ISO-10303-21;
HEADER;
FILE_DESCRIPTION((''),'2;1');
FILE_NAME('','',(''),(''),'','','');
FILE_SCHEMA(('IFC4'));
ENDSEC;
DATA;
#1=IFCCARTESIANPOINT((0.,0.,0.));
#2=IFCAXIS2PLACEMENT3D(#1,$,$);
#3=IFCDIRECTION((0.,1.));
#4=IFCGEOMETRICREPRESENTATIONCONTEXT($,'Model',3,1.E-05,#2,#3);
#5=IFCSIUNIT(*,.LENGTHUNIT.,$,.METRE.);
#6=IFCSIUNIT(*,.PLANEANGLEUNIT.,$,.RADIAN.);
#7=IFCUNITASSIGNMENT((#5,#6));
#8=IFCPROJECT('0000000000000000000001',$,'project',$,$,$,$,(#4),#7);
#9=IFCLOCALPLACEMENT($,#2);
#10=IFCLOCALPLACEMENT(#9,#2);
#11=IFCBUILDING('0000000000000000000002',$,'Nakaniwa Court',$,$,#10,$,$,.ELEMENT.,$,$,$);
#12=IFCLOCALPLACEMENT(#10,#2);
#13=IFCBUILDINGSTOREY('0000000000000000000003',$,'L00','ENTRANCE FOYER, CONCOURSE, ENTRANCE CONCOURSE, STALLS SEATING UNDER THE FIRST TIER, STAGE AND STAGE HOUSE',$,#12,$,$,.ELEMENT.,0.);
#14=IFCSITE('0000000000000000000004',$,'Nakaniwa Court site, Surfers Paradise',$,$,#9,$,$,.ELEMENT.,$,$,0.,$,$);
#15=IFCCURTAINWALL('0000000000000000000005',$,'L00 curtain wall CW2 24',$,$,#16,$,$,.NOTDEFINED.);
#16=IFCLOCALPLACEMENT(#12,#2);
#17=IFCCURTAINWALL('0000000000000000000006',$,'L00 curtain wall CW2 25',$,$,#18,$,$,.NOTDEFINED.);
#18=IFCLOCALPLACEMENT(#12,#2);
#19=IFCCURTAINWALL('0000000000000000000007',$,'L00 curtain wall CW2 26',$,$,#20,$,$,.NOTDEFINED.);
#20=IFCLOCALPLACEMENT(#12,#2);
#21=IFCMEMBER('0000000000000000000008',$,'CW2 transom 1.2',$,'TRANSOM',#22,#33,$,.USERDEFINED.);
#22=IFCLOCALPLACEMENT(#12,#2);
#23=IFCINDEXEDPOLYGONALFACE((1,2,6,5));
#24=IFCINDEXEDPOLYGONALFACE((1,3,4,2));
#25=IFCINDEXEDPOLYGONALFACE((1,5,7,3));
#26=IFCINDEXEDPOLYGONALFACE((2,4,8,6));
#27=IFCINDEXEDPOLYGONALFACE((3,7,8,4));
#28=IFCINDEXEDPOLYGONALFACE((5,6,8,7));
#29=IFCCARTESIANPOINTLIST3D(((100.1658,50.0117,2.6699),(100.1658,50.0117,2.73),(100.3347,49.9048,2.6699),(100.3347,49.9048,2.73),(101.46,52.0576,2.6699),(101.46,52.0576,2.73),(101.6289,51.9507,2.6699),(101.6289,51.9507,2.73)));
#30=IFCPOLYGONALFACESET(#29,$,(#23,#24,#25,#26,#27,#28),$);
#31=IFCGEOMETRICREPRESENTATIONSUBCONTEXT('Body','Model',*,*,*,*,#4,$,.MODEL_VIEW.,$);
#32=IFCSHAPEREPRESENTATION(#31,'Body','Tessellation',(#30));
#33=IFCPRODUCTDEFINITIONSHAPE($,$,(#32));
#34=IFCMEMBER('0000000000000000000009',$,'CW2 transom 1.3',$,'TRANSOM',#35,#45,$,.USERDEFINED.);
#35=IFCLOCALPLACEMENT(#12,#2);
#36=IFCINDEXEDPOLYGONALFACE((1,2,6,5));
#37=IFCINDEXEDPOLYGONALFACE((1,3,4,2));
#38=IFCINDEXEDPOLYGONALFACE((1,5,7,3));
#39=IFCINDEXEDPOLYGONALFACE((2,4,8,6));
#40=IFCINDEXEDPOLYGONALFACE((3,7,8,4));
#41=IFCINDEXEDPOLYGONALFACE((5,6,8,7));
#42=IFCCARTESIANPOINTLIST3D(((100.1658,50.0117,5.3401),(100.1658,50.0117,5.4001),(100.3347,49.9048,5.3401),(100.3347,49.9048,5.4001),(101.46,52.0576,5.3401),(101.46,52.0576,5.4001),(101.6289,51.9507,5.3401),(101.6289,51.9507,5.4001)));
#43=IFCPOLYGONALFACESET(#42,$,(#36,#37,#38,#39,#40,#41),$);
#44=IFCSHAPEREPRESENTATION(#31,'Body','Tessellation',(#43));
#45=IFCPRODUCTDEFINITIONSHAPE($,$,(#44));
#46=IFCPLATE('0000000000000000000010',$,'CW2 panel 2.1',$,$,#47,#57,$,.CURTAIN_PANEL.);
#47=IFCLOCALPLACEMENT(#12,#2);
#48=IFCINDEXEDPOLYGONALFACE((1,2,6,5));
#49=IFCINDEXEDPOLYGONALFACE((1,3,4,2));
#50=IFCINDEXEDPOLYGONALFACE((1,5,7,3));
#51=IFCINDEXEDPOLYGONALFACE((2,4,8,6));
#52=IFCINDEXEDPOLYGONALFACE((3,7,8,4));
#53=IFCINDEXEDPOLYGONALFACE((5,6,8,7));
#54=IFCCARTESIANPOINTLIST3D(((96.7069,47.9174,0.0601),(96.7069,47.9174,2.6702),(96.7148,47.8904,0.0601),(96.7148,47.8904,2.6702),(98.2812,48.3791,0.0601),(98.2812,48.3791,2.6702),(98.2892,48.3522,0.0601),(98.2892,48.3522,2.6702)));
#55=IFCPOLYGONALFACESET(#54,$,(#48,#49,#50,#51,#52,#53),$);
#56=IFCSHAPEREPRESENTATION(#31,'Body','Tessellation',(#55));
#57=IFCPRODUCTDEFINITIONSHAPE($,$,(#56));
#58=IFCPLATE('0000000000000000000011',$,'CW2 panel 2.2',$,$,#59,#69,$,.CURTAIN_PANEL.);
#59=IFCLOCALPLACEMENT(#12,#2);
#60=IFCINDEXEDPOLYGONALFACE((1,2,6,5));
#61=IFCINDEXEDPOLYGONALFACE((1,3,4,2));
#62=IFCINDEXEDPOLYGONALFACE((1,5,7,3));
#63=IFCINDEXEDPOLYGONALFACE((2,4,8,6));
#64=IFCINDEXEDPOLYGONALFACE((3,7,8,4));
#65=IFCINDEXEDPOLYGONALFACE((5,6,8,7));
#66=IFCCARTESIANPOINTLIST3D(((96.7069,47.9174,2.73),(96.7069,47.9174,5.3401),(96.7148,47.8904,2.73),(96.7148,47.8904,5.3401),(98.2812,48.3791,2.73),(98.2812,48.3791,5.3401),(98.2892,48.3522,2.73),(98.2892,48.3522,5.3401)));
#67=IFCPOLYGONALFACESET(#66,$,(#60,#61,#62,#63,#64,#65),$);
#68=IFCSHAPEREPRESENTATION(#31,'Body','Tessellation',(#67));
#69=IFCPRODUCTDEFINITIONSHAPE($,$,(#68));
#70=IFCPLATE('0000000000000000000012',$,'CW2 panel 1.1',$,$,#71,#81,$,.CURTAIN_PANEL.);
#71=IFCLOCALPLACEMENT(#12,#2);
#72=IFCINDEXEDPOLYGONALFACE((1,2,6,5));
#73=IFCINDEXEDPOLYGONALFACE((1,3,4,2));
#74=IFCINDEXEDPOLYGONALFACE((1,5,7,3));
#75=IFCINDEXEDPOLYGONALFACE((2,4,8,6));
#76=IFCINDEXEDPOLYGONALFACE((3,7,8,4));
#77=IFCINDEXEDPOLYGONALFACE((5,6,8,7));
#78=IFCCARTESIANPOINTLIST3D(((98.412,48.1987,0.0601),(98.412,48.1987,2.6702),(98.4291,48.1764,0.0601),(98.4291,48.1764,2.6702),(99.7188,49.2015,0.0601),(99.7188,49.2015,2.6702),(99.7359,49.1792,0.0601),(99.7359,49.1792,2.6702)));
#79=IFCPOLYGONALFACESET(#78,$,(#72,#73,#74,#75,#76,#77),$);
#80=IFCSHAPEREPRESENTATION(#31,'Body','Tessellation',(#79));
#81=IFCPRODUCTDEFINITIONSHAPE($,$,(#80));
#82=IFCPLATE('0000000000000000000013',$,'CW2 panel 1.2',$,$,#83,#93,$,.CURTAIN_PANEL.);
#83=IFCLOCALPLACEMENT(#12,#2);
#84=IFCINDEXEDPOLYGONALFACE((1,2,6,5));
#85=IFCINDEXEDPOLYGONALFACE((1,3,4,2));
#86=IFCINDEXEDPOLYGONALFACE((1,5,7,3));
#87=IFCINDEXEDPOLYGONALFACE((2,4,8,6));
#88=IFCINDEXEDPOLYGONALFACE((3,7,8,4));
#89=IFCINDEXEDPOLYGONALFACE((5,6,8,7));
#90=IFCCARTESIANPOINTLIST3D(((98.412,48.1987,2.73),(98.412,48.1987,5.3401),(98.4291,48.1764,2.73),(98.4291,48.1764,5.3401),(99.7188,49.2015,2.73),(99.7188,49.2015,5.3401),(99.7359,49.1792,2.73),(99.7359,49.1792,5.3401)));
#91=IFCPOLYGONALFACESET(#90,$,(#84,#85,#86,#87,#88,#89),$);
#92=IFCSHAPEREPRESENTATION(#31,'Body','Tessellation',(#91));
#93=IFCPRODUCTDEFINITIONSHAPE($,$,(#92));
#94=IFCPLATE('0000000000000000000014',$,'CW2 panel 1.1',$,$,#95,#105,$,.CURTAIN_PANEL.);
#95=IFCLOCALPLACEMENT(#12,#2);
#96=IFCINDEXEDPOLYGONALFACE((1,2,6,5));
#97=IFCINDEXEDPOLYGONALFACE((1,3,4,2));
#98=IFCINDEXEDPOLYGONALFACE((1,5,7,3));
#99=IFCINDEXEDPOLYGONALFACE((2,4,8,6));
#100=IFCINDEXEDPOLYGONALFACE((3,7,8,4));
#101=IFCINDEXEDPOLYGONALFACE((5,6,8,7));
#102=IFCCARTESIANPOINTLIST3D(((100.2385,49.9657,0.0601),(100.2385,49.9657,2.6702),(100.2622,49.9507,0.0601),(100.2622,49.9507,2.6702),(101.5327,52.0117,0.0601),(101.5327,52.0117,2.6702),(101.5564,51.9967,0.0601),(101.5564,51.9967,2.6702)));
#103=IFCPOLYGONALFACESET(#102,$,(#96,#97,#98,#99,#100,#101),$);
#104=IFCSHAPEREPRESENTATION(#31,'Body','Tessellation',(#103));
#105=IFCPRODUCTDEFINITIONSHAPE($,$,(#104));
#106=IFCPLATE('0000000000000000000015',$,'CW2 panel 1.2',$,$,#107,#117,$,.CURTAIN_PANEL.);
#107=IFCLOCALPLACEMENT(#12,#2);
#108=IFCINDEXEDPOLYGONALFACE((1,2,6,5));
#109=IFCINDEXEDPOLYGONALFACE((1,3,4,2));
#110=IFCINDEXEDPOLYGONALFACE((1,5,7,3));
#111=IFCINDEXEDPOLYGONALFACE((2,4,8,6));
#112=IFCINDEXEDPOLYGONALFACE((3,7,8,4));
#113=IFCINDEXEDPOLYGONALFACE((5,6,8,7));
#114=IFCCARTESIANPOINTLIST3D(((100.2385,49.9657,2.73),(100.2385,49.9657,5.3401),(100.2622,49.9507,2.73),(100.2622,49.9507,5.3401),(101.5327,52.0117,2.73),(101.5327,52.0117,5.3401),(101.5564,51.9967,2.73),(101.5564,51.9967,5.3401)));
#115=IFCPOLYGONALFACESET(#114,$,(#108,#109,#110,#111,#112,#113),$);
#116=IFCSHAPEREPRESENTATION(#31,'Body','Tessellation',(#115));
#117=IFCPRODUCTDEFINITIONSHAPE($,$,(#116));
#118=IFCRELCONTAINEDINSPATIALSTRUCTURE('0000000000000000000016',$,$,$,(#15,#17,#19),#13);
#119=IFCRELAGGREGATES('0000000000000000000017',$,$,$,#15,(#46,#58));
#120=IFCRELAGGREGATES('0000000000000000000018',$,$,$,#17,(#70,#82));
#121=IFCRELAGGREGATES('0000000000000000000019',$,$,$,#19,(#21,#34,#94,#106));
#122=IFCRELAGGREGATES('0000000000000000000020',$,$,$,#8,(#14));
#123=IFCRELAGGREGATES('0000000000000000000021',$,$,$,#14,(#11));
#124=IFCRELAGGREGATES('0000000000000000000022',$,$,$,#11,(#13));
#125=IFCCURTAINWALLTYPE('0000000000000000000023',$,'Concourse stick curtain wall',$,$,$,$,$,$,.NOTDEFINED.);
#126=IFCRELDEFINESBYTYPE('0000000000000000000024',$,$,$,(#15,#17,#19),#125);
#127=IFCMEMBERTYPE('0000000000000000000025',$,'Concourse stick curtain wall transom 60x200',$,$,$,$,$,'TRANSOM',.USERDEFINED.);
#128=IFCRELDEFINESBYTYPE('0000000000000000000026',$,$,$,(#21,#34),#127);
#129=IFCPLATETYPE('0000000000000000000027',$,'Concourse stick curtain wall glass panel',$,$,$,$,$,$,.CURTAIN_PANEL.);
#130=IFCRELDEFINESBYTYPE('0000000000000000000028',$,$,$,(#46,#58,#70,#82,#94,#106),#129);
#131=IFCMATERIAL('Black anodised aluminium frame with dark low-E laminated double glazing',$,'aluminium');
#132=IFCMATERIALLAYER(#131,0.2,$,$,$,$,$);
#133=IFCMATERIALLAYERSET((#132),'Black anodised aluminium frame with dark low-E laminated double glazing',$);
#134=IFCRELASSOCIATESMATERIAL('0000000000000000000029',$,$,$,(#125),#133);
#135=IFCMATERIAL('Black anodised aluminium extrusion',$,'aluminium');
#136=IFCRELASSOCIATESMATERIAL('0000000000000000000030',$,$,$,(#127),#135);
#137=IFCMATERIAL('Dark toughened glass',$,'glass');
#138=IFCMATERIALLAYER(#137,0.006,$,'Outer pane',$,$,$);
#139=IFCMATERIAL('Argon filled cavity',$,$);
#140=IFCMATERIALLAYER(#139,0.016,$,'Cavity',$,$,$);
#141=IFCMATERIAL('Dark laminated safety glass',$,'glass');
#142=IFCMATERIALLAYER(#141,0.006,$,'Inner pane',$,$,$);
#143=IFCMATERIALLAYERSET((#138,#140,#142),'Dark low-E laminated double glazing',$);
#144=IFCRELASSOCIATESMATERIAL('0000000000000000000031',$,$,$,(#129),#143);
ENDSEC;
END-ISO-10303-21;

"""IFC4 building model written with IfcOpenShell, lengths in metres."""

from ifc_helpers import new_model, si_unit, direction, frame, origin, origin_2d, place, context, subcontext, project, spatial, rectangle, extrude, material, layer, layer_set, material_profile, profile_set, type_object, element, aggregate, save


model = new_model("IFC4")

# Units and contexts
model_context = context("Model", 3, precision=1e-05, world=origin(), true_north=direction((0.0, 1.0)))
body_context = subcontext(model_context, "Body", "Model", "MODEL_VIEW")
ifc_project = project(units=[si_unit("LENGTHUNIT", "METRE"), si_unit("PLANEANGLEUNIT", "RADIAN")], contexts=[model_context])

# Site, building, storey
site_placement = place(None, origin())
site = spatial("IfcSite", under=ifc_project, at=site_placement, Name="Nakaniwa Court site, Surfers Paradise", CompositionType="ELEMENT", RefElevation=0.0)
building_placement = place(site_placement, origin())
building = spatial("IfcBuilding", under=site, at=building_placement, Name="Nakaniwa Court", CompositionType="ELEMENT")
storey_placement = place(building_placement, origin())
storey = spatial("IfcBuildingStorey", under=building, at=storey_placement, Name="L00", Description="ENTRANCE FOYER, CONCOURSE, ENTRANCE CONCOURSE, STALLS SEATING UNDER THE FIRST TIER, STAGE AND STAGE HOUSE", CompositionType="ELEMENT", Elevation=0.0)

# Curtain walls
ifc_material_1 = material(Name="Black anodised aluminium frame with dark low-E laminated double glazing", Category="aluminium")
ifc_layer_1 = layer(ifc_material_1, 0.2)
ifc_layer_set_1 = layer_set([ifc_layer_1], Name="Black anodised aluminium frame with dark low-E laminated double glazing")
curtain_wall_type = type_object("IfcCurtainWallType", Name="Concourse stick curtain wall", PredefinedType="NOTDEFINED", material=ifc_layer_set_1)
curtain_wall_1_placement = place(storey_placement, origin())
curtain_wall_1 = element("IfcCurtainWall", 1, at=curtain_wall_1_placement, inside=storey, type_object=curtain_wall_type, Name="L00 curtain wall CW2 24", PredefinedType="NOTDEFINED")
ifc_material_2 = material(Name="Black anodised aluminium extrusion", Category="aluminium")
curtain_wall_2_placement = place(storey_placement, origin())
curtain_wall_2 = element("IfcCurtainWall", 2, at=curtain_wall_2_placement, inside=storey, type_object=curtain_wall_type, Name="L00 curtain wall CW2 25", PredefinedType="NOTDEFINED")
curtain_wall_3_placement = place(storey_placement, origin())
curtain_wall_3 = element("IfcCurtainWall", 3, at=curtain_wall_3_placement, inside=storey, type_object=curtain_wall_type, Name="L00 curtain wall CW2 26", PredefinedType="NOTDEFINED")

# Members
ifc_material_profile_1 = material_profile(ifc_material_2, rectangle(XDim=0.2, YDim=0.0601, at=origin_2d()), Name="Concourse stick curtain wall transom 60x200")
ifc_profile_set_1 = profile_set([ifc_material_profile_1], Name="Black anodised aluminium extrusion")
member_type_1 = type_object("IfcMemberType", Name="Concourse stick curtain wall transom 60x200", ElementType="TRANSOM", PredefinedType="USERDEFINED", material=ifc_profile_set_1)
member_1_placement = place(storey_placement, frame((100.2502, 49.9583, 2.7), z_axis=(0.534596, 0.845108, 0.0), x_axis=(-0.845108, 0.534596, 0.0)))
member_1 = element("IfcMember", 4, at=member_1_placement, type_object=member_type_1, Name="CW2 transom 1.2", ObjectType="TRANSOM", PredefinedType="USERDEFINED", context=body_context, shape_type="SweptSolid", body=[
    extrude(rectangle(XDim=0.2, YDim=0.0601, at=origin_2d()), origin(), (0.0, 0.0, 1.0), 2.4209),
])
member_2_placement = place(storey_placement, frame((100.2502, 49.9583, 5.3701), z_axis=(0.534596, 0.845108, 0.0), x_axis=(-0.845108, 0.534596, 0.0)))
member_2 = element("IfcMember", 5, at=member_2_placement, type_object=member_type_1, Name="CW2 transom 1.3", ObjectType="TRANSOM", PredefinedType="USERDEFINED", context=body_context, shape_type="SweptSolid", body=[
    extrude(rectangle(XDim=0.2, YDim=0.0601, at=origin_2d()), origin(), (0.0, 0.0, 1.0), 2.4209),
])

# Plates
ifc_material_3 = material(Name="Dark toughened glass", Category="glass")
ifc_layer_2 = layer(ifc_material_3, 0.006, Name="Outer pane")
ifc_material_4 = material(Name="Argon filled cavity")
ifc_layer_3 = layer(ifc_material_4, 0.016, Name="Cavity")
ifc_material_5 = material(Name="Dark laminated safety glass", Category="glass")
ifc_layer_4 = layer(ifc_material_5, 0.006, Name="Inner pane")
ifc_layer_set_2 = layer_set([ifc_layer_2, ifc_layer_3, ifc_layer_4], Name="Dark low-E laminated double glazing")
plate_type = type_object("IfcPlateType", Name="Concourse stick curtain wall glass panel", PredefinedType="CURTAIN_PANEL", material=ifc_layer_set_2)
plate_1_placement = place(storey_placement, frame((97.498, 48.1348, 0.0601), z_axis=(0.0, 0.0, 1.0), x_axis=(0.959578, 0.281442, 0.0)))
plate_1 = element("IfcPlate", 6, at=plate_1_placement, type_object=plate_type, Name="CW2 panel 2.1", PredefinedType="CURTAIN_PANEL", context=body_context, shape_type="SweptSolid", body=[
    extrude(rectangle(XDim=1.6406, YDim=0.0281, at=origin_2d()), origin(), (0.0, 0.0, 1.0), 2.6101),
])
plate_2_placement = place(storey_placement, frame((97.498, 48.1348, 2.73), z_axis=(0.0, 0.0, 1.0), x_axis=(0.959578, 0.281442, 0.0)))
plate_2 = element("IfcPlate", 7, at=plate_2_placement, type_object=plate_type, Name="CW2 panel 2.2", PredefinedType="CURTAIN_PANEL", context=body_context, shape_type="SweptSolid", body=[
    extrude(rectangle(XDim=1.6406, YDim=0.0281, at=origin_2d()), origin(), (0.0, 0.0, 1.0), 2.6101),
])
aggregate(curtain_wall_1, [plate_1, plate_2])
plate_3_placement = place(storey_placement, frame((99.074, 48.689, 0.0601), z_axis=(0.0, 0.0, 1.0), x_axis=(0.793345, 0.608772, 0.0)))
plate_3 = element("IfcPlate", 8, at=plate_3_placement, type_object=plate_type, Name="CW2 panel 1.1", PredefinedType="CURTAIN_PANEL", context=body_context, shape_type="SweptSolid", body=[
    extrude(rectangle(XDim=1.6472, YDim=0.0281, at=origin_2d()), origin(), (0.0, 0.0, 1.0), 2.6101),
])
plate_4_placement = place(storey_placement, frame((99.074, 48.689, 2.73), z_axis=(0.0, 0.0, 1.0), x_axis=(0.793345, 0.608772, 0.0)))
plate_4 = element("IfcPlate", 9, at=plate_4_placement, type_object=plate_type, Name="CW2 panel 1.2", PredefinedType="CURTAIN_PANEL", context=body_context, shape_type="SweptSolid", body=[
    extrude(rectangle(XDim=1.6472, YDim=0.0281, at=origin_2d()), origin(), (0.0, 0.0, 1.0), 2.6101),
])
aggregate(curtain_wall_2, [plate_3, plate_4])
plate_5_placement = place(storey_placement, frame((100.8975, 50.9812, 0.0601), z_axis=(0.0, 0.0, 1.0), x_axis=(0.534597, 0.845107, 0.0)))
plate_5 = element("IfcPlate", 10, at=plate_5_placement, type_object=plate_type, Name="CW2 panel 1.1", PredefinedType="CURTAIN_PANEL", context=body_context, shape_type="SweptSolid", body=[
    extrude(rectangle(XDim=2.4209, YDim=0.0281, at=origin_2d()), origin(), (0.0, 0.0, 1.0), 2.6101),
])
plate_6_placement = place(storey_placement, frame((100.8975, 50.9812, 2.73), z_axis=(0.0, 0.0, 1.0), x_axis=(0.534597, 0.845107, 0.0)))
plate_6 = element("IfcPlate", 11, at=plate_6_placement, type_object=plate_type, Name="CW2 panel 1.2", PredefinedType="CURTAIN_PANEL", context=body_context, shape_type="SweptSolid", body=[
    extrude(rectangle(XDim=2.4209, YDim=0.0281, at=origin_2d()), origin(), (0.0, 0.0, 1.0), 2.6101),
])
aggregate(curtain_wall_3, [member_1, member_2, plate_5, plate_6])

save(model, "model.ifc")
